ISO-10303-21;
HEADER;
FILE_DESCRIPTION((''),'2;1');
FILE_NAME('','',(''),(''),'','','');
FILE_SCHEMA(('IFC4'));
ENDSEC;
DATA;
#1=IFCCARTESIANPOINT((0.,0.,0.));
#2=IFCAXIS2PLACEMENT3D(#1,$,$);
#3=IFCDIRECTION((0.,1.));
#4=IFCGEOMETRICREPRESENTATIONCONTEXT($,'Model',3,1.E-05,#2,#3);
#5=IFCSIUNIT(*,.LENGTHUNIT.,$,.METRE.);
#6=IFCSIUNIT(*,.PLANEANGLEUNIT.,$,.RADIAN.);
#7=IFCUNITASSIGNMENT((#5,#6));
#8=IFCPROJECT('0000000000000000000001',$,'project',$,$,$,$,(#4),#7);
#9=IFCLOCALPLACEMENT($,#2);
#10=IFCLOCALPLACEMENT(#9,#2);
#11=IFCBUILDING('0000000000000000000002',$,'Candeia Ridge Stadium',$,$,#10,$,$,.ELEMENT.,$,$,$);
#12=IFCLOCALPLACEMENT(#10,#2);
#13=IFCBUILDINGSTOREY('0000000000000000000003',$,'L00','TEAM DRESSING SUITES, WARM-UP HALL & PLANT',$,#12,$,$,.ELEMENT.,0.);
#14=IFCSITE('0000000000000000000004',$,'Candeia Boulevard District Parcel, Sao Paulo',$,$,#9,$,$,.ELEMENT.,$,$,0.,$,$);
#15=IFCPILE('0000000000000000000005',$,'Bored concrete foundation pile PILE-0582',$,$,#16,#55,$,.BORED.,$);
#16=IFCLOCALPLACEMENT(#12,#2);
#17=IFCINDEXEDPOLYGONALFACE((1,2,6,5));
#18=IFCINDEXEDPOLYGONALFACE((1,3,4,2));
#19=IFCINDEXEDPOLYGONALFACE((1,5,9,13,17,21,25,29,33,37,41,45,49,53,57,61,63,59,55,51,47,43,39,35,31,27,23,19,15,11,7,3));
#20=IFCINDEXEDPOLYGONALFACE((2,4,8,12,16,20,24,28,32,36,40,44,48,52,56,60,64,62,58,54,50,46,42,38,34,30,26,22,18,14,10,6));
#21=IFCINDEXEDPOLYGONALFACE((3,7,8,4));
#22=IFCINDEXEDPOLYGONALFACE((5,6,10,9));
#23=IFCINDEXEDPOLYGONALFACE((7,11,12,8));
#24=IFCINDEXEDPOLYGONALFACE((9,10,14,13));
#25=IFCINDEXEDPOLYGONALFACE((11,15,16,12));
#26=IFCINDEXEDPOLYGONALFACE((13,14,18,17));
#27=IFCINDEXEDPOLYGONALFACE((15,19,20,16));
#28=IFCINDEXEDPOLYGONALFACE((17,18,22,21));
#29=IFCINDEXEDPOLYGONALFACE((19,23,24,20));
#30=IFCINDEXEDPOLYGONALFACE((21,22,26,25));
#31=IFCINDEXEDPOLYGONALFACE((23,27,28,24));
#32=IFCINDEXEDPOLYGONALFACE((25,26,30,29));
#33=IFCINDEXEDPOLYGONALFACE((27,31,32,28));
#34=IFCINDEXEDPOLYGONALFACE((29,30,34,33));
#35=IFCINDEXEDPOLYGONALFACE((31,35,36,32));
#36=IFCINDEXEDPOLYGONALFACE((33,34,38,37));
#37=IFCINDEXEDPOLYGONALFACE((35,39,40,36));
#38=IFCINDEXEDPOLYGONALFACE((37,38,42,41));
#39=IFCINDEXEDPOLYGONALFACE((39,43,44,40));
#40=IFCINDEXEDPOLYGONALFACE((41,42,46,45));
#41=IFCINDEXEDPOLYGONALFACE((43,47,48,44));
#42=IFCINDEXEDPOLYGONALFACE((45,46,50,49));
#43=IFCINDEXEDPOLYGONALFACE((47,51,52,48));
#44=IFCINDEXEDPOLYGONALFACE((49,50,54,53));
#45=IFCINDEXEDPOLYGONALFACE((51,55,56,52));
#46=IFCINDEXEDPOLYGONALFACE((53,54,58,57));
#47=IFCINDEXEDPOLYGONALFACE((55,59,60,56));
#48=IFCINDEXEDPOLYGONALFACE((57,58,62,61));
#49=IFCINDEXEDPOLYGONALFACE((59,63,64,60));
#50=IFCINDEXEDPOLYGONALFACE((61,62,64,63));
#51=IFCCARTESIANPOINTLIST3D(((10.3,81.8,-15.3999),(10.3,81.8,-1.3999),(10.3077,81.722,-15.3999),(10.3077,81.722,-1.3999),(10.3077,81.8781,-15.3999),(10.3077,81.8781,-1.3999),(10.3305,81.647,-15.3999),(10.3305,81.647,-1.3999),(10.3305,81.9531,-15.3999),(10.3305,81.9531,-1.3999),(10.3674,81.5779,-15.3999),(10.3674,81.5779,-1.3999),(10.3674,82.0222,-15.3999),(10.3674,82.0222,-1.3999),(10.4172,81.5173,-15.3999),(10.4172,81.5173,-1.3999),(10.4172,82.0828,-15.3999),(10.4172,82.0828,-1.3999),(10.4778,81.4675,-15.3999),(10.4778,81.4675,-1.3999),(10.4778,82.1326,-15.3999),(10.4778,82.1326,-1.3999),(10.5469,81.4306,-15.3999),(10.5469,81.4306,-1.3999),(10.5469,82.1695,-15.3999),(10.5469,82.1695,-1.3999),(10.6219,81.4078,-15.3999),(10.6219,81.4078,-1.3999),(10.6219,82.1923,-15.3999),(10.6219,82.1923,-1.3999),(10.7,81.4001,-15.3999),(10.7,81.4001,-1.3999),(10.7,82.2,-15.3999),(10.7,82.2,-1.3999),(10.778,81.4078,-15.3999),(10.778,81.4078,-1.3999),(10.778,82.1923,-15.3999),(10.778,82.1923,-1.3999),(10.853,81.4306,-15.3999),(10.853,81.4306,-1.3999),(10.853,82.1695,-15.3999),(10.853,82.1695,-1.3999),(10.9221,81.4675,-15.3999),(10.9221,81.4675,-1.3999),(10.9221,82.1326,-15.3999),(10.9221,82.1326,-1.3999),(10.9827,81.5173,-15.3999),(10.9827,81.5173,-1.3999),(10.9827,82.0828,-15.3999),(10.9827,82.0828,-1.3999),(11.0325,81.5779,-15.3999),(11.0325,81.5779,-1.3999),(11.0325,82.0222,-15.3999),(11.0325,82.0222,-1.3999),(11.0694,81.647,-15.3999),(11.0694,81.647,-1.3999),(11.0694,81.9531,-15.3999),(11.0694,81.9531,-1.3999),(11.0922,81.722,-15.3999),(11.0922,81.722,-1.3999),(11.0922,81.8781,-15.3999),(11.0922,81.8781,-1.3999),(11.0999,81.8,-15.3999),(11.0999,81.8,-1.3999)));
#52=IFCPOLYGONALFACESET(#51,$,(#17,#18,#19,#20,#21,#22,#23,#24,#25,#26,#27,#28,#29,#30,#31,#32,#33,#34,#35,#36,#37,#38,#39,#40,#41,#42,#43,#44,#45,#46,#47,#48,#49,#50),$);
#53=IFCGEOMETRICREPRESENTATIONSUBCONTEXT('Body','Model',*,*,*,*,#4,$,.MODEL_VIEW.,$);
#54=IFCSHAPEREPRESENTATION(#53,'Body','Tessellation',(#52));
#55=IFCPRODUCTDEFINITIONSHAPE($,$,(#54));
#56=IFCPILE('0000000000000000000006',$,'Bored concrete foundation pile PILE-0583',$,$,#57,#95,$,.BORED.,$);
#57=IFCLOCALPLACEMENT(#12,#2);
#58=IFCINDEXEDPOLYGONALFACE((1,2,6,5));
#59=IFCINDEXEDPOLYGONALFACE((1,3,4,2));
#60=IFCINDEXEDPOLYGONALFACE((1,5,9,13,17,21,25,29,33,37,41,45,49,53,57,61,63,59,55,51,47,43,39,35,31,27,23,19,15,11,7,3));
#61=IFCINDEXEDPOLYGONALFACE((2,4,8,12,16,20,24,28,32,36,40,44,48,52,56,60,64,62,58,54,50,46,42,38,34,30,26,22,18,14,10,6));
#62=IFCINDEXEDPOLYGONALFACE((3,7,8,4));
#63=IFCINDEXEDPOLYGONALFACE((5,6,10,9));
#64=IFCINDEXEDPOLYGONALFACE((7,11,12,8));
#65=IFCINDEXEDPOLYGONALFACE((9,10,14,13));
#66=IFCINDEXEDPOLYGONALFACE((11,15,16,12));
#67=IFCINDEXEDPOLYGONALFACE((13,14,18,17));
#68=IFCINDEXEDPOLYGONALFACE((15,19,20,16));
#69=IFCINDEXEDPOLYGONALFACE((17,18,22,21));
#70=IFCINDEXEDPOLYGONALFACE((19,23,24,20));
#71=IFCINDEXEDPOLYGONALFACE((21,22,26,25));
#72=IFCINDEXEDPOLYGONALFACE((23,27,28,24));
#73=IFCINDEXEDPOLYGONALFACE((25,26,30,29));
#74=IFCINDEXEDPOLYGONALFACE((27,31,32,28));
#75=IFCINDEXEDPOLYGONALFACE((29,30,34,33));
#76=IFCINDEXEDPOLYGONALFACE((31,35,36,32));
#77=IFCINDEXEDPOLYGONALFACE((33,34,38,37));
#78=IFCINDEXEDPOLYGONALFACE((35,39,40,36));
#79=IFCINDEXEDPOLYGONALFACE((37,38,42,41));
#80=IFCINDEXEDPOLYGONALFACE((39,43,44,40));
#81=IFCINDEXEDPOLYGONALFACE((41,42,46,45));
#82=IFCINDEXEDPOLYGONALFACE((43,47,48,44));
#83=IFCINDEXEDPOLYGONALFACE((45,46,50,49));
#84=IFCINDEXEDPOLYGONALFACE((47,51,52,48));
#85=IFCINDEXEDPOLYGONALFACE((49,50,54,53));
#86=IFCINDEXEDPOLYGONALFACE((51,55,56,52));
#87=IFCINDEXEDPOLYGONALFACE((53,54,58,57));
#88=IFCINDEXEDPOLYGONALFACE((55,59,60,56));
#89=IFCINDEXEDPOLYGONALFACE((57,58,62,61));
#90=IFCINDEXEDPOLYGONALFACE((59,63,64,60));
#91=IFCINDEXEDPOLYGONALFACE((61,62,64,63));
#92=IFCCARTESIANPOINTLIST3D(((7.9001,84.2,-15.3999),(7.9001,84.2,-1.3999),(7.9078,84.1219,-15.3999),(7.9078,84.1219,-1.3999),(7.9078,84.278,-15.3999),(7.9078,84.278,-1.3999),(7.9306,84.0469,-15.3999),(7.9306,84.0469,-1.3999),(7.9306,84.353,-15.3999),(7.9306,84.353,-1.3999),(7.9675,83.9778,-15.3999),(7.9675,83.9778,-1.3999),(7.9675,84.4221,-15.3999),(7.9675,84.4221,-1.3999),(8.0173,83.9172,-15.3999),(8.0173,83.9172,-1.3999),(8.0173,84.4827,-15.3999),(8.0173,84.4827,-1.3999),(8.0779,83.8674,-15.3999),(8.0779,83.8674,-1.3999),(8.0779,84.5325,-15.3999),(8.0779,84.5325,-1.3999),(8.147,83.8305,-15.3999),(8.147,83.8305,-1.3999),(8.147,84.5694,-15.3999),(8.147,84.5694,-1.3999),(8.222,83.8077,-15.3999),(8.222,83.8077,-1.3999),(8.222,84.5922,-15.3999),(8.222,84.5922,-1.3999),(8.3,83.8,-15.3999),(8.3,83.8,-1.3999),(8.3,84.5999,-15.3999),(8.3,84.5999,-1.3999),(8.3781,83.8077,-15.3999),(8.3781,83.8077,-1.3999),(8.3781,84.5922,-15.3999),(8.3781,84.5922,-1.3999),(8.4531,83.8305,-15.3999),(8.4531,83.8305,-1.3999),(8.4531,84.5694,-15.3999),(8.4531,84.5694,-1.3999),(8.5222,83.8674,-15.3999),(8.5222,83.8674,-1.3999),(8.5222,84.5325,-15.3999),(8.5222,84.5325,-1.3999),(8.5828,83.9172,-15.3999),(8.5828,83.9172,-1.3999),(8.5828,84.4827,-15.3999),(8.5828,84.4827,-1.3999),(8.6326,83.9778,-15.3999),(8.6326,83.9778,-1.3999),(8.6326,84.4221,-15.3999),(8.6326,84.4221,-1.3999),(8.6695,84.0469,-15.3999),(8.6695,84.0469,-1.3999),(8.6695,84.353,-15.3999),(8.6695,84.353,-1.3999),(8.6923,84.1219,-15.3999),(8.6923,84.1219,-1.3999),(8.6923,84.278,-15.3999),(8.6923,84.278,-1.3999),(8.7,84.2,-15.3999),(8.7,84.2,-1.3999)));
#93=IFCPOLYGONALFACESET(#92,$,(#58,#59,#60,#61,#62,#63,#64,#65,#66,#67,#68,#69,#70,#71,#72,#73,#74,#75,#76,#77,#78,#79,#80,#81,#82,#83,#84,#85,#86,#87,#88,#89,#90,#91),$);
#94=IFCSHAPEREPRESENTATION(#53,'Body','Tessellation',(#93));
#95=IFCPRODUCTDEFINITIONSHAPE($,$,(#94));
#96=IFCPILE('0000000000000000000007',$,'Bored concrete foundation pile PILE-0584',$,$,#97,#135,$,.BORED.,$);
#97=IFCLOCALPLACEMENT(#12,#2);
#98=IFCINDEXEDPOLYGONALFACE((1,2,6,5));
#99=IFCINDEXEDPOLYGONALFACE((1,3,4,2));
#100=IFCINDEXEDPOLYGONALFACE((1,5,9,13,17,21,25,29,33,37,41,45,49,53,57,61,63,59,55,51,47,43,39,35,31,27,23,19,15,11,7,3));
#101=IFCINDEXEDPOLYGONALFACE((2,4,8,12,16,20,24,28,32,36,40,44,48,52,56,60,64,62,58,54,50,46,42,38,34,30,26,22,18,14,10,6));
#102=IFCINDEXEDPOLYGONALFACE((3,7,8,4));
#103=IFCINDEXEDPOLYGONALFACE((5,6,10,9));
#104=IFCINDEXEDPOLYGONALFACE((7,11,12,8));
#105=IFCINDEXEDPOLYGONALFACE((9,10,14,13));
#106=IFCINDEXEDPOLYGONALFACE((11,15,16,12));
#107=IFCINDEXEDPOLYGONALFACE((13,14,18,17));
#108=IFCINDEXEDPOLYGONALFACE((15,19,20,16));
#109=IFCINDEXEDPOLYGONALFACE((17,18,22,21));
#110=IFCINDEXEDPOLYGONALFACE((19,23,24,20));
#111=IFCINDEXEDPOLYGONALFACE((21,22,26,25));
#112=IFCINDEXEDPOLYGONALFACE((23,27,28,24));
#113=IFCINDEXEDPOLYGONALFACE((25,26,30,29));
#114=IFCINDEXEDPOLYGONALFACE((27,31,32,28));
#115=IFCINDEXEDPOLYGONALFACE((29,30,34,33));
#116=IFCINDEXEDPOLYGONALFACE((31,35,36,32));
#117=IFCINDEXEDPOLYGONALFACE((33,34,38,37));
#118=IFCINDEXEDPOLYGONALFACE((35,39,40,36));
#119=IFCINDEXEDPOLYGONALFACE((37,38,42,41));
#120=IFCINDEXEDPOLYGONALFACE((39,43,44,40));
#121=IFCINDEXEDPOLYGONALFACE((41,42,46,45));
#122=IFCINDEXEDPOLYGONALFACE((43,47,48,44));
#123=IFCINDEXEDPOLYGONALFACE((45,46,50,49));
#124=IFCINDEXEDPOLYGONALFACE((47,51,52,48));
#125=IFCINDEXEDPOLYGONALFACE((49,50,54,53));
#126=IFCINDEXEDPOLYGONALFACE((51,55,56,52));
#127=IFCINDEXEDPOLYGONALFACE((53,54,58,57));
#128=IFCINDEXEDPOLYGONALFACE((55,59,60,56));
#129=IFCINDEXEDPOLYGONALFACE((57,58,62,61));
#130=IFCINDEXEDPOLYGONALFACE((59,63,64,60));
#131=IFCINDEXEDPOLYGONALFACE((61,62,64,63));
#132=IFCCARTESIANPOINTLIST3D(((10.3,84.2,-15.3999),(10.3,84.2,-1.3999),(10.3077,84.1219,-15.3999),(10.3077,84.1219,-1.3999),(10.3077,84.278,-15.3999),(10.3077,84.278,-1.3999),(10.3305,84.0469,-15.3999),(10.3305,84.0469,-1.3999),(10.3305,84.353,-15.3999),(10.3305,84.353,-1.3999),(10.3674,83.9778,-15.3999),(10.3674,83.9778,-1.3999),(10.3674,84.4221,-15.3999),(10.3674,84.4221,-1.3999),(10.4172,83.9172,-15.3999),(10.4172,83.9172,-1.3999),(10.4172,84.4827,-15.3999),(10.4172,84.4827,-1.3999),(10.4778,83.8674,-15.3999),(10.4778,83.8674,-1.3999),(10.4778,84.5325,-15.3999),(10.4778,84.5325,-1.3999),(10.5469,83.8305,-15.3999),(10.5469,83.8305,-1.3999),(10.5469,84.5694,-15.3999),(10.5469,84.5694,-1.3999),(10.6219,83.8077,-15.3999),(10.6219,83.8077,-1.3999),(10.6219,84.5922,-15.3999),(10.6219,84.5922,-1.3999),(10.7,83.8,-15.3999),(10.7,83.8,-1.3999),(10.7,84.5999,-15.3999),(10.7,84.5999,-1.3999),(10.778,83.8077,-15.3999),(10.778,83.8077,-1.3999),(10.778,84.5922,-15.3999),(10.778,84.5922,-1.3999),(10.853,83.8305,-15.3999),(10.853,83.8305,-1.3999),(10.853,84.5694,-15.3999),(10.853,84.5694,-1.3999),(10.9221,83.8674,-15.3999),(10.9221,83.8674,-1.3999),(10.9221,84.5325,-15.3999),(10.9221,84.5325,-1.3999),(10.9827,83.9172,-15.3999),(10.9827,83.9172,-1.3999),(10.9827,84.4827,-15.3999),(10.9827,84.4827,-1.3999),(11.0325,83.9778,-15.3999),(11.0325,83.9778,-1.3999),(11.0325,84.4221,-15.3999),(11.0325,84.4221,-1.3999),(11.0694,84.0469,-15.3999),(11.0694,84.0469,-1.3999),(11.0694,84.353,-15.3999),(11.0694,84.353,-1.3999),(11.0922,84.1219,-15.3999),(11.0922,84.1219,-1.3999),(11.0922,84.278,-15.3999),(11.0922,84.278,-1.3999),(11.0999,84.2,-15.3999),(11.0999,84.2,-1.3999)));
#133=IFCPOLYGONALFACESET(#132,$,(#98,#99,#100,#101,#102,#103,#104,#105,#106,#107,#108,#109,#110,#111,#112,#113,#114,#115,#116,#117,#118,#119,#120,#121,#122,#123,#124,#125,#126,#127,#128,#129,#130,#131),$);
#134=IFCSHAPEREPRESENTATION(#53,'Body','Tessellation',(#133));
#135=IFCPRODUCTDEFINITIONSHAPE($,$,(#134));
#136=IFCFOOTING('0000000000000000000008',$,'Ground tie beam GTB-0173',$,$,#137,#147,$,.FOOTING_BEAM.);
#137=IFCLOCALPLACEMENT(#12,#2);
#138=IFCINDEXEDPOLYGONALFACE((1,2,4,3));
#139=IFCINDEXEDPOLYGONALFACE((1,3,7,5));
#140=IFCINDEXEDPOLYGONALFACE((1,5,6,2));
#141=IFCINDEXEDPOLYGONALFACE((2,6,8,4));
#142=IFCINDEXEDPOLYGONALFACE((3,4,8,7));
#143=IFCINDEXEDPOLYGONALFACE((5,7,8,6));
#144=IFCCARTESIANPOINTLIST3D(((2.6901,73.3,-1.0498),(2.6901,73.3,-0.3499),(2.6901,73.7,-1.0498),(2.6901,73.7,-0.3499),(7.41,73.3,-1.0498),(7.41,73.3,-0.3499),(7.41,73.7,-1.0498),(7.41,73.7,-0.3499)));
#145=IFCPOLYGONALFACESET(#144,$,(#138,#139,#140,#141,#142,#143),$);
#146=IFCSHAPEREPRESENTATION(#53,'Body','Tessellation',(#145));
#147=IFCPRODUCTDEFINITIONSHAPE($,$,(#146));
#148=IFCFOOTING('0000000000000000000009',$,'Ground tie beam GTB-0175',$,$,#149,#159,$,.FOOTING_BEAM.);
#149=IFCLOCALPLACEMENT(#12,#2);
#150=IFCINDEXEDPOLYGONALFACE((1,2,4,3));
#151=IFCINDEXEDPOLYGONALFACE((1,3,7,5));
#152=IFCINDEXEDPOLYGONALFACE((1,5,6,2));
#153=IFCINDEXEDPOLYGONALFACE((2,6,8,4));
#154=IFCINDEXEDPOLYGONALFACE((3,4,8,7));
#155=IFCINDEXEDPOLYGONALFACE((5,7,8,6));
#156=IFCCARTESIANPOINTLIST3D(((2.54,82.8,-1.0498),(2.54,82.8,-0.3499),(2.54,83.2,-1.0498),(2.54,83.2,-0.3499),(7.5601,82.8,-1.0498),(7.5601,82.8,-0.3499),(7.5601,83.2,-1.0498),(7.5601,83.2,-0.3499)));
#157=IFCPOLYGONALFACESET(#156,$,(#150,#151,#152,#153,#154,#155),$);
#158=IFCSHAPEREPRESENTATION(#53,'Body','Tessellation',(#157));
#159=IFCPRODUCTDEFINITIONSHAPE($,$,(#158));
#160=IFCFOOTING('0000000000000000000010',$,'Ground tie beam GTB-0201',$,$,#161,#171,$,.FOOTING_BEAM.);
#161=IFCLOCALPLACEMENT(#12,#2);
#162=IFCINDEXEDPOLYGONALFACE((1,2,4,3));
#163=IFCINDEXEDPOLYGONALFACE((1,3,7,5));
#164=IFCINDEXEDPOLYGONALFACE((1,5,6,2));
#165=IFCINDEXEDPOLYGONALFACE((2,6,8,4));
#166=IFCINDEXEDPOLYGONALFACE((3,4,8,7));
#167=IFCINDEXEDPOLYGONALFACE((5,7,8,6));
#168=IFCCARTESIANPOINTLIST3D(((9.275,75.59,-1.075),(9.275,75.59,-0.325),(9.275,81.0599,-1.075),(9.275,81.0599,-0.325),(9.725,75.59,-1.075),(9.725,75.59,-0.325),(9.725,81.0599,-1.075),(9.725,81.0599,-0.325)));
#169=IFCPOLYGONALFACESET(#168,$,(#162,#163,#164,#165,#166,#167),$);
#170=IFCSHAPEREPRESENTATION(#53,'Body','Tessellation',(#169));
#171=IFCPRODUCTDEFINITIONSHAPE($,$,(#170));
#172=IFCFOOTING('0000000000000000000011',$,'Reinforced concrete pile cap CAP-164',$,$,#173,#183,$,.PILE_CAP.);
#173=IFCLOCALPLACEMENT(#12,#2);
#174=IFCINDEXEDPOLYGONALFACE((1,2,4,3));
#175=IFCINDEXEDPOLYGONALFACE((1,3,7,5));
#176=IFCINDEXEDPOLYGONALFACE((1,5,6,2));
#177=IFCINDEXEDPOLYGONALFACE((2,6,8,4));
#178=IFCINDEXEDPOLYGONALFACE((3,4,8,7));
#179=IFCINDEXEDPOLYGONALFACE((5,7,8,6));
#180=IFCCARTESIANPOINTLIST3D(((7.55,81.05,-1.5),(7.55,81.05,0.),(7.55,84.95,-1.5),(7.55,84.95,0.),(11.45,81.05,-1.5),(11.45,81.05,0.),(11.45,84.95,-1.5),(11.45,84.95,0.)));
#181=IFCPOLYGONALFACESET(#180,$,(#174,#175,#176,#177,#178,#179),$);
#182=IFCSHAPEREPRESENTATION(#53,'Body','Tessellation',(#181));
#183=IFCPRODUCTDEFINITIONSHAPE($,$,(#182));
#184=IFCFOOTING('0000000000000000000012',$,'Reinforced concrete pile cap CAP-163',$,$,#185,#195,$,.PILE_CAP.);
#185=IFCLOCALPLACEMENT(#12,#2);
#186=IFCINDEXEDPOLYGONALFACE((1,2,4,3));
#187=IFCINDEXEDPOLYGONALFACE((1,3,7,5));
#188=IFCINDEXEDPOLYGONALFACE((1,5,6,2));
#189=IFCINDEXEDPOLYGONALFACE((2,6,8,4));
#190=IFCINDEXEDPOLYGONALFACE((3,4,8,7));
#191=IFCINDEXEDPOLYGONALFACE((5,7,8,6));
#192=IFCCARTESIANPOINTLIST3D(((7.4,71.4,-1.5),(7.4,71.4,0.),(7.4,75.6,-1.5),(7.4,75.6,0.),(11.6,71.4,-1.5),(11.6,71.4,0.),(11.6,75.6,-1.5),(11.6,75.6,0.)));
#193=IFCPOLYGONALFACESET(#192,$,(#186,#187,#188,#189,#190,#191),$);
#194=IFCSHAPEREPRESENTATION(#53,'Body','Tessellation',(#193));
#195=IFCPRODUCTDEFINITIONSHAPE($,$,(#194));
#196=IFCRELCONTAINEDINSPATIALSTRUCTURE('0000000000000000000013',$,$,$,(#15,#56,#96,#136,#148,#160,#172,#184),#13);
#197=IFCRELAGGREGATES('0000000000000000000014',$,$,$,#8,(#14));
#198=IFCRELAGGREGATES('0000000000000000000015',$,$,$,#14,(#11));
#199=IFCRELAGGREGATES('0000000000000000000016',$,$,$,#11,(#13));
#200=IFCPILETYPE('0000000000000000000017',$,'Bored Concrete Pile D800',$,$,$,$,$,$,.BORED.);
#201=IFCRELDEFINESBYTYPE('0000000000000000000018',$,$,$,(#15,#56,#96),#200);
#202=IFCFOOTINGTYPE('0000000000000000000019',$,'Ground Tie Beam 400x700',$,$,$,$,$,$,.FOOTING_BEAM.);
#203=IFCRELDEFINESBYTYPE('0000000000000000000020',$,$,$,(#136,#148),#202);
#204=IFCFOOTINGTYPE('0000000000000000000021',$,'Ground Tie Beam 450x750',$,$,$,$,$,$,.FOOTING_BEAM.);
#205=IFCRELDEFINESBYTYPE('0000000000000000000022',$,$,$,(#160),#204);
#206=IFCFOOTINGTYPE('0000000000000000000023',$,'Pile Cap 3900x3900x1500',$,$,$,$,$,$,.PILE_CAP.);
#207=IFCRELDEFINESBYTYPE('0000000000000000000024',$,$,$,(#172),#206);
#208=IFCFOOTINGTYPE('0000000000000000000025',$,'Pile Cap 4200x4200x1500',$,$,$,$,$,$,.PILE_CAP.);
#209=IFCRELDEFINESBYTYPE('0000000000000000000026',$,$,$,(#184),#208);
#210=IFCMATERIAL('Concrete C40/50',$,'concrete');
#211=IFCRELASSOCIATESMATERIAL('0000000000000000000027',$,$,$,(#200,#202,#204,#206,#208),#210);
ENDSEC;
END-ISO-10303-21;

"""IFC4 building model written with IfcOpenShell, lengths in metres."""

from ifc_helpers import new_model, si_unit, direction, frame, origin, origin_2d, place, context, subcontext, project, spatial, rectangle, circle, extrude, material, material_profile, profile_set, type_object, element, save


model = new_model("IFC4")

# Units and contexts
model_context = context("Model", 3, precision=1e-05, world=origin(), true_north=direction((0.0, 1.0)))
body_context = subcontext(model_context, "Body", "Model", "MODEL_VIEW")
ifc_project = project(units=[si_unit("LENGTHUNIT", "METRE"), si_unit("PLANEANGLEUNIT", "RADIAN")], contexts=[model_context])

# Site, building, storey
site_placement = place(None, origin())
site = spatial("IfcSite", under=ifc_project, at=site_placement, Name="Candeia Boulevard District Parcel, Sao Paulo", CompositionType="ELEMENT", RefElevation=0.0)
building_placement = place(site_placement, origin())
building = spatial("IfcBuilding", under=site, at=building_placement, Name="Candeia Ridge Stadium", CompositionType="ELEMENT")
storey_placement = place(building_placement, origin())
storey = spatial("IfcBuildingStorey", under=building, at=storey_placement, Name="L00", Description="TEAM DRESSING SUITES, WARM-UP HALL & PLANT", CompositionType="ELEMENT", Elevation=0.0)

# Piles
ifc_material_1 = material(Name="Concrete C40/50", Category="concrete")
ifc_material_profile_1 = material_profile(ifc_material_1, circle(Radius=0.3999, at=origin_2d()), Name="PILE-D800", Category="concrete")
ifc_profile_set_1 = profile_set([ifc_material_profile_1], Name="Concrete C40/50")
pile_type = type_object("IfcPileType", Name="Bored Concrete Pile D800", PredefinedType="BORED", material=ifc_profile_set_1)
for number, where, z_axis, x_axis, name in (
    (1, (10.7, 81.8, -1.3999), (0.0, 0.0, -1.0), (1.0, 0.0, 0.0), "Bored concrete foundation pile PILE-0582"),
    (2, (8.3, 84.2, -1.3999), (0.0, 0.0, -1.0), (1.0, 0.0, 0.0), "Bored concrete foundation pile PILE-0583"),
    (3, (10.7, 84.2, -1.3999), (0.0, 0.0, -1.0), (1.0, 0.0, 0.0), "Bored concrete foundation pile PILE-0584"),
):
    element("IfcPile", number, at=place(storey_placement, frame(where, z_axis=z_axis, x_axis=x_axis)), inside=storey, type_object=pile_type, Name=name, PredefinedType="BORED", context=body_context, shape_type="SweptSolid", body=[
        extrude(circle(Radius=0.3999, at=origin_2d()), origin(), (0.0, 0.0, 1.0), 14.0),
    ])

# Footings
footing_type_1 = type_object("IfcFootingType", Name="Ground Tie Beam 400x700", PredefinedType="FOOTING_BEAM", material=ifc_material_1)
footing_1_placement = place(storey_placement, frame((5.05, 73.5, -1.0498), z_axis=(0.0, 0.0, 1.0), x_axis=(1.0, 0.0, 0.0)))
element("IfcFooting", 4, at=footing_1_placement, inside=storey, type_object=footing_type_1, Name="Ground tie beam GTB-0173", PredefinedType="FOOTING_BEAM", context=body_context, shape_type="SweptSolid", body=[
    extrude(rectangle(XDim=4.72, YDim=0.3999, at=origin_2d()), origin(), (0.0, 0.0, 1.0), 0.7),
])
footing_2_placement = place(storey_placement, frame((5.05, 83.0, -1.0498), z_axis=(0.0, 0.0, 1.0), x_axis=(1.0, 0.0, 0.0)))
element("IfcFooting", 5, at=footing_2_placement, inside=storey, type_object=footing_type_1, Name="Ground tie beam GTB-0175", PredefinedType="FOOTING_BEAM", context=body_context, shape_type="SweptSolid", body=[
    extrude(rectangle(XDim=5.02, YDim=0.3999, at=origin_2d()), origin(), (0.0, 0.0, 1.0), 0.7),
])
footing_type_2 = type_object("IfcFootingType", Name="Ground Tie Beam 450x750", PredefinedType="FOOTING_BEAM", material=ifc_material_1)
footing_3_placement = place(storey_placement, frame((9.5, 78.325, -1.075), z_axis=(0.0, 0.0, 1.0), x_axis=(0.0, 1.0, 0.0)))
element("IfcFooting", 6, at=footing_3_placement, inside=storey, type_object=footing_type_2, Name="Ground tie beam GTB-0201", PredefinedType="FOOTING_BEAM", context=body_context, shape_type="SweptSolid", body=[
    extrude(rectangle(XDim=5.47, YDim=0.45, at=origin_2d()), origin(), (0.0, 0.0, 1.0), 0.75),
])
footing_type_3 = type_object("IfcFootingType", Name="Pile Cap 3900x3900x1500", PredefinedType="PILE_CAP", material=ifc_material_1)
footing_4_placement = place(storey_placement, frame((9.5, 83.0, -1.5), z_axis=(0.0, 0.0, 1.0), x_axis=(1.0, 0.0, 0.0)))
element("IfcFooting", 7, at=footing_4_placement, inside=storey, type_object=footing_type_3, Name="Reinforced concrete pile cap CAP-164", PredefinedType="PILE_CAP", context=body_context, shape_type="SweptSolid", body=[
    extrude(rectangle(XDim=3.8999, YDim=3.8999, at=origin_2d()), origin(), (0.0, 0.0, 1.0), 1.5),
])
footing_type_4 = type_object("IfcFootingType", Name="Pile Cap 4200x4200x1500", PredefinedType="PILE_CAP", material=ifc_material_1)
footing_5_placement = place(storey_placement, frame((9.5, 73.5, -1.5), z_axis=(0.0, 0.0, 1.0), x_axis=(1.0, 0.0, 0.0)))
element("IfcFooting", 8, at=footing_5_placement, inside=storey, type_object=footing_type_4, Name="Reinforced concrete pile cap CAP-163", PredefinedType="PILE_CAP", context=body_context, shape_type="SweptSolid", body=[
    extrude(rectangle(XDim=4.2, YDim=4.2, at=origin_2d()), origin(), (0.0, 0.0, 1.0), 1.5),
])

save(model, "model.ifc")
